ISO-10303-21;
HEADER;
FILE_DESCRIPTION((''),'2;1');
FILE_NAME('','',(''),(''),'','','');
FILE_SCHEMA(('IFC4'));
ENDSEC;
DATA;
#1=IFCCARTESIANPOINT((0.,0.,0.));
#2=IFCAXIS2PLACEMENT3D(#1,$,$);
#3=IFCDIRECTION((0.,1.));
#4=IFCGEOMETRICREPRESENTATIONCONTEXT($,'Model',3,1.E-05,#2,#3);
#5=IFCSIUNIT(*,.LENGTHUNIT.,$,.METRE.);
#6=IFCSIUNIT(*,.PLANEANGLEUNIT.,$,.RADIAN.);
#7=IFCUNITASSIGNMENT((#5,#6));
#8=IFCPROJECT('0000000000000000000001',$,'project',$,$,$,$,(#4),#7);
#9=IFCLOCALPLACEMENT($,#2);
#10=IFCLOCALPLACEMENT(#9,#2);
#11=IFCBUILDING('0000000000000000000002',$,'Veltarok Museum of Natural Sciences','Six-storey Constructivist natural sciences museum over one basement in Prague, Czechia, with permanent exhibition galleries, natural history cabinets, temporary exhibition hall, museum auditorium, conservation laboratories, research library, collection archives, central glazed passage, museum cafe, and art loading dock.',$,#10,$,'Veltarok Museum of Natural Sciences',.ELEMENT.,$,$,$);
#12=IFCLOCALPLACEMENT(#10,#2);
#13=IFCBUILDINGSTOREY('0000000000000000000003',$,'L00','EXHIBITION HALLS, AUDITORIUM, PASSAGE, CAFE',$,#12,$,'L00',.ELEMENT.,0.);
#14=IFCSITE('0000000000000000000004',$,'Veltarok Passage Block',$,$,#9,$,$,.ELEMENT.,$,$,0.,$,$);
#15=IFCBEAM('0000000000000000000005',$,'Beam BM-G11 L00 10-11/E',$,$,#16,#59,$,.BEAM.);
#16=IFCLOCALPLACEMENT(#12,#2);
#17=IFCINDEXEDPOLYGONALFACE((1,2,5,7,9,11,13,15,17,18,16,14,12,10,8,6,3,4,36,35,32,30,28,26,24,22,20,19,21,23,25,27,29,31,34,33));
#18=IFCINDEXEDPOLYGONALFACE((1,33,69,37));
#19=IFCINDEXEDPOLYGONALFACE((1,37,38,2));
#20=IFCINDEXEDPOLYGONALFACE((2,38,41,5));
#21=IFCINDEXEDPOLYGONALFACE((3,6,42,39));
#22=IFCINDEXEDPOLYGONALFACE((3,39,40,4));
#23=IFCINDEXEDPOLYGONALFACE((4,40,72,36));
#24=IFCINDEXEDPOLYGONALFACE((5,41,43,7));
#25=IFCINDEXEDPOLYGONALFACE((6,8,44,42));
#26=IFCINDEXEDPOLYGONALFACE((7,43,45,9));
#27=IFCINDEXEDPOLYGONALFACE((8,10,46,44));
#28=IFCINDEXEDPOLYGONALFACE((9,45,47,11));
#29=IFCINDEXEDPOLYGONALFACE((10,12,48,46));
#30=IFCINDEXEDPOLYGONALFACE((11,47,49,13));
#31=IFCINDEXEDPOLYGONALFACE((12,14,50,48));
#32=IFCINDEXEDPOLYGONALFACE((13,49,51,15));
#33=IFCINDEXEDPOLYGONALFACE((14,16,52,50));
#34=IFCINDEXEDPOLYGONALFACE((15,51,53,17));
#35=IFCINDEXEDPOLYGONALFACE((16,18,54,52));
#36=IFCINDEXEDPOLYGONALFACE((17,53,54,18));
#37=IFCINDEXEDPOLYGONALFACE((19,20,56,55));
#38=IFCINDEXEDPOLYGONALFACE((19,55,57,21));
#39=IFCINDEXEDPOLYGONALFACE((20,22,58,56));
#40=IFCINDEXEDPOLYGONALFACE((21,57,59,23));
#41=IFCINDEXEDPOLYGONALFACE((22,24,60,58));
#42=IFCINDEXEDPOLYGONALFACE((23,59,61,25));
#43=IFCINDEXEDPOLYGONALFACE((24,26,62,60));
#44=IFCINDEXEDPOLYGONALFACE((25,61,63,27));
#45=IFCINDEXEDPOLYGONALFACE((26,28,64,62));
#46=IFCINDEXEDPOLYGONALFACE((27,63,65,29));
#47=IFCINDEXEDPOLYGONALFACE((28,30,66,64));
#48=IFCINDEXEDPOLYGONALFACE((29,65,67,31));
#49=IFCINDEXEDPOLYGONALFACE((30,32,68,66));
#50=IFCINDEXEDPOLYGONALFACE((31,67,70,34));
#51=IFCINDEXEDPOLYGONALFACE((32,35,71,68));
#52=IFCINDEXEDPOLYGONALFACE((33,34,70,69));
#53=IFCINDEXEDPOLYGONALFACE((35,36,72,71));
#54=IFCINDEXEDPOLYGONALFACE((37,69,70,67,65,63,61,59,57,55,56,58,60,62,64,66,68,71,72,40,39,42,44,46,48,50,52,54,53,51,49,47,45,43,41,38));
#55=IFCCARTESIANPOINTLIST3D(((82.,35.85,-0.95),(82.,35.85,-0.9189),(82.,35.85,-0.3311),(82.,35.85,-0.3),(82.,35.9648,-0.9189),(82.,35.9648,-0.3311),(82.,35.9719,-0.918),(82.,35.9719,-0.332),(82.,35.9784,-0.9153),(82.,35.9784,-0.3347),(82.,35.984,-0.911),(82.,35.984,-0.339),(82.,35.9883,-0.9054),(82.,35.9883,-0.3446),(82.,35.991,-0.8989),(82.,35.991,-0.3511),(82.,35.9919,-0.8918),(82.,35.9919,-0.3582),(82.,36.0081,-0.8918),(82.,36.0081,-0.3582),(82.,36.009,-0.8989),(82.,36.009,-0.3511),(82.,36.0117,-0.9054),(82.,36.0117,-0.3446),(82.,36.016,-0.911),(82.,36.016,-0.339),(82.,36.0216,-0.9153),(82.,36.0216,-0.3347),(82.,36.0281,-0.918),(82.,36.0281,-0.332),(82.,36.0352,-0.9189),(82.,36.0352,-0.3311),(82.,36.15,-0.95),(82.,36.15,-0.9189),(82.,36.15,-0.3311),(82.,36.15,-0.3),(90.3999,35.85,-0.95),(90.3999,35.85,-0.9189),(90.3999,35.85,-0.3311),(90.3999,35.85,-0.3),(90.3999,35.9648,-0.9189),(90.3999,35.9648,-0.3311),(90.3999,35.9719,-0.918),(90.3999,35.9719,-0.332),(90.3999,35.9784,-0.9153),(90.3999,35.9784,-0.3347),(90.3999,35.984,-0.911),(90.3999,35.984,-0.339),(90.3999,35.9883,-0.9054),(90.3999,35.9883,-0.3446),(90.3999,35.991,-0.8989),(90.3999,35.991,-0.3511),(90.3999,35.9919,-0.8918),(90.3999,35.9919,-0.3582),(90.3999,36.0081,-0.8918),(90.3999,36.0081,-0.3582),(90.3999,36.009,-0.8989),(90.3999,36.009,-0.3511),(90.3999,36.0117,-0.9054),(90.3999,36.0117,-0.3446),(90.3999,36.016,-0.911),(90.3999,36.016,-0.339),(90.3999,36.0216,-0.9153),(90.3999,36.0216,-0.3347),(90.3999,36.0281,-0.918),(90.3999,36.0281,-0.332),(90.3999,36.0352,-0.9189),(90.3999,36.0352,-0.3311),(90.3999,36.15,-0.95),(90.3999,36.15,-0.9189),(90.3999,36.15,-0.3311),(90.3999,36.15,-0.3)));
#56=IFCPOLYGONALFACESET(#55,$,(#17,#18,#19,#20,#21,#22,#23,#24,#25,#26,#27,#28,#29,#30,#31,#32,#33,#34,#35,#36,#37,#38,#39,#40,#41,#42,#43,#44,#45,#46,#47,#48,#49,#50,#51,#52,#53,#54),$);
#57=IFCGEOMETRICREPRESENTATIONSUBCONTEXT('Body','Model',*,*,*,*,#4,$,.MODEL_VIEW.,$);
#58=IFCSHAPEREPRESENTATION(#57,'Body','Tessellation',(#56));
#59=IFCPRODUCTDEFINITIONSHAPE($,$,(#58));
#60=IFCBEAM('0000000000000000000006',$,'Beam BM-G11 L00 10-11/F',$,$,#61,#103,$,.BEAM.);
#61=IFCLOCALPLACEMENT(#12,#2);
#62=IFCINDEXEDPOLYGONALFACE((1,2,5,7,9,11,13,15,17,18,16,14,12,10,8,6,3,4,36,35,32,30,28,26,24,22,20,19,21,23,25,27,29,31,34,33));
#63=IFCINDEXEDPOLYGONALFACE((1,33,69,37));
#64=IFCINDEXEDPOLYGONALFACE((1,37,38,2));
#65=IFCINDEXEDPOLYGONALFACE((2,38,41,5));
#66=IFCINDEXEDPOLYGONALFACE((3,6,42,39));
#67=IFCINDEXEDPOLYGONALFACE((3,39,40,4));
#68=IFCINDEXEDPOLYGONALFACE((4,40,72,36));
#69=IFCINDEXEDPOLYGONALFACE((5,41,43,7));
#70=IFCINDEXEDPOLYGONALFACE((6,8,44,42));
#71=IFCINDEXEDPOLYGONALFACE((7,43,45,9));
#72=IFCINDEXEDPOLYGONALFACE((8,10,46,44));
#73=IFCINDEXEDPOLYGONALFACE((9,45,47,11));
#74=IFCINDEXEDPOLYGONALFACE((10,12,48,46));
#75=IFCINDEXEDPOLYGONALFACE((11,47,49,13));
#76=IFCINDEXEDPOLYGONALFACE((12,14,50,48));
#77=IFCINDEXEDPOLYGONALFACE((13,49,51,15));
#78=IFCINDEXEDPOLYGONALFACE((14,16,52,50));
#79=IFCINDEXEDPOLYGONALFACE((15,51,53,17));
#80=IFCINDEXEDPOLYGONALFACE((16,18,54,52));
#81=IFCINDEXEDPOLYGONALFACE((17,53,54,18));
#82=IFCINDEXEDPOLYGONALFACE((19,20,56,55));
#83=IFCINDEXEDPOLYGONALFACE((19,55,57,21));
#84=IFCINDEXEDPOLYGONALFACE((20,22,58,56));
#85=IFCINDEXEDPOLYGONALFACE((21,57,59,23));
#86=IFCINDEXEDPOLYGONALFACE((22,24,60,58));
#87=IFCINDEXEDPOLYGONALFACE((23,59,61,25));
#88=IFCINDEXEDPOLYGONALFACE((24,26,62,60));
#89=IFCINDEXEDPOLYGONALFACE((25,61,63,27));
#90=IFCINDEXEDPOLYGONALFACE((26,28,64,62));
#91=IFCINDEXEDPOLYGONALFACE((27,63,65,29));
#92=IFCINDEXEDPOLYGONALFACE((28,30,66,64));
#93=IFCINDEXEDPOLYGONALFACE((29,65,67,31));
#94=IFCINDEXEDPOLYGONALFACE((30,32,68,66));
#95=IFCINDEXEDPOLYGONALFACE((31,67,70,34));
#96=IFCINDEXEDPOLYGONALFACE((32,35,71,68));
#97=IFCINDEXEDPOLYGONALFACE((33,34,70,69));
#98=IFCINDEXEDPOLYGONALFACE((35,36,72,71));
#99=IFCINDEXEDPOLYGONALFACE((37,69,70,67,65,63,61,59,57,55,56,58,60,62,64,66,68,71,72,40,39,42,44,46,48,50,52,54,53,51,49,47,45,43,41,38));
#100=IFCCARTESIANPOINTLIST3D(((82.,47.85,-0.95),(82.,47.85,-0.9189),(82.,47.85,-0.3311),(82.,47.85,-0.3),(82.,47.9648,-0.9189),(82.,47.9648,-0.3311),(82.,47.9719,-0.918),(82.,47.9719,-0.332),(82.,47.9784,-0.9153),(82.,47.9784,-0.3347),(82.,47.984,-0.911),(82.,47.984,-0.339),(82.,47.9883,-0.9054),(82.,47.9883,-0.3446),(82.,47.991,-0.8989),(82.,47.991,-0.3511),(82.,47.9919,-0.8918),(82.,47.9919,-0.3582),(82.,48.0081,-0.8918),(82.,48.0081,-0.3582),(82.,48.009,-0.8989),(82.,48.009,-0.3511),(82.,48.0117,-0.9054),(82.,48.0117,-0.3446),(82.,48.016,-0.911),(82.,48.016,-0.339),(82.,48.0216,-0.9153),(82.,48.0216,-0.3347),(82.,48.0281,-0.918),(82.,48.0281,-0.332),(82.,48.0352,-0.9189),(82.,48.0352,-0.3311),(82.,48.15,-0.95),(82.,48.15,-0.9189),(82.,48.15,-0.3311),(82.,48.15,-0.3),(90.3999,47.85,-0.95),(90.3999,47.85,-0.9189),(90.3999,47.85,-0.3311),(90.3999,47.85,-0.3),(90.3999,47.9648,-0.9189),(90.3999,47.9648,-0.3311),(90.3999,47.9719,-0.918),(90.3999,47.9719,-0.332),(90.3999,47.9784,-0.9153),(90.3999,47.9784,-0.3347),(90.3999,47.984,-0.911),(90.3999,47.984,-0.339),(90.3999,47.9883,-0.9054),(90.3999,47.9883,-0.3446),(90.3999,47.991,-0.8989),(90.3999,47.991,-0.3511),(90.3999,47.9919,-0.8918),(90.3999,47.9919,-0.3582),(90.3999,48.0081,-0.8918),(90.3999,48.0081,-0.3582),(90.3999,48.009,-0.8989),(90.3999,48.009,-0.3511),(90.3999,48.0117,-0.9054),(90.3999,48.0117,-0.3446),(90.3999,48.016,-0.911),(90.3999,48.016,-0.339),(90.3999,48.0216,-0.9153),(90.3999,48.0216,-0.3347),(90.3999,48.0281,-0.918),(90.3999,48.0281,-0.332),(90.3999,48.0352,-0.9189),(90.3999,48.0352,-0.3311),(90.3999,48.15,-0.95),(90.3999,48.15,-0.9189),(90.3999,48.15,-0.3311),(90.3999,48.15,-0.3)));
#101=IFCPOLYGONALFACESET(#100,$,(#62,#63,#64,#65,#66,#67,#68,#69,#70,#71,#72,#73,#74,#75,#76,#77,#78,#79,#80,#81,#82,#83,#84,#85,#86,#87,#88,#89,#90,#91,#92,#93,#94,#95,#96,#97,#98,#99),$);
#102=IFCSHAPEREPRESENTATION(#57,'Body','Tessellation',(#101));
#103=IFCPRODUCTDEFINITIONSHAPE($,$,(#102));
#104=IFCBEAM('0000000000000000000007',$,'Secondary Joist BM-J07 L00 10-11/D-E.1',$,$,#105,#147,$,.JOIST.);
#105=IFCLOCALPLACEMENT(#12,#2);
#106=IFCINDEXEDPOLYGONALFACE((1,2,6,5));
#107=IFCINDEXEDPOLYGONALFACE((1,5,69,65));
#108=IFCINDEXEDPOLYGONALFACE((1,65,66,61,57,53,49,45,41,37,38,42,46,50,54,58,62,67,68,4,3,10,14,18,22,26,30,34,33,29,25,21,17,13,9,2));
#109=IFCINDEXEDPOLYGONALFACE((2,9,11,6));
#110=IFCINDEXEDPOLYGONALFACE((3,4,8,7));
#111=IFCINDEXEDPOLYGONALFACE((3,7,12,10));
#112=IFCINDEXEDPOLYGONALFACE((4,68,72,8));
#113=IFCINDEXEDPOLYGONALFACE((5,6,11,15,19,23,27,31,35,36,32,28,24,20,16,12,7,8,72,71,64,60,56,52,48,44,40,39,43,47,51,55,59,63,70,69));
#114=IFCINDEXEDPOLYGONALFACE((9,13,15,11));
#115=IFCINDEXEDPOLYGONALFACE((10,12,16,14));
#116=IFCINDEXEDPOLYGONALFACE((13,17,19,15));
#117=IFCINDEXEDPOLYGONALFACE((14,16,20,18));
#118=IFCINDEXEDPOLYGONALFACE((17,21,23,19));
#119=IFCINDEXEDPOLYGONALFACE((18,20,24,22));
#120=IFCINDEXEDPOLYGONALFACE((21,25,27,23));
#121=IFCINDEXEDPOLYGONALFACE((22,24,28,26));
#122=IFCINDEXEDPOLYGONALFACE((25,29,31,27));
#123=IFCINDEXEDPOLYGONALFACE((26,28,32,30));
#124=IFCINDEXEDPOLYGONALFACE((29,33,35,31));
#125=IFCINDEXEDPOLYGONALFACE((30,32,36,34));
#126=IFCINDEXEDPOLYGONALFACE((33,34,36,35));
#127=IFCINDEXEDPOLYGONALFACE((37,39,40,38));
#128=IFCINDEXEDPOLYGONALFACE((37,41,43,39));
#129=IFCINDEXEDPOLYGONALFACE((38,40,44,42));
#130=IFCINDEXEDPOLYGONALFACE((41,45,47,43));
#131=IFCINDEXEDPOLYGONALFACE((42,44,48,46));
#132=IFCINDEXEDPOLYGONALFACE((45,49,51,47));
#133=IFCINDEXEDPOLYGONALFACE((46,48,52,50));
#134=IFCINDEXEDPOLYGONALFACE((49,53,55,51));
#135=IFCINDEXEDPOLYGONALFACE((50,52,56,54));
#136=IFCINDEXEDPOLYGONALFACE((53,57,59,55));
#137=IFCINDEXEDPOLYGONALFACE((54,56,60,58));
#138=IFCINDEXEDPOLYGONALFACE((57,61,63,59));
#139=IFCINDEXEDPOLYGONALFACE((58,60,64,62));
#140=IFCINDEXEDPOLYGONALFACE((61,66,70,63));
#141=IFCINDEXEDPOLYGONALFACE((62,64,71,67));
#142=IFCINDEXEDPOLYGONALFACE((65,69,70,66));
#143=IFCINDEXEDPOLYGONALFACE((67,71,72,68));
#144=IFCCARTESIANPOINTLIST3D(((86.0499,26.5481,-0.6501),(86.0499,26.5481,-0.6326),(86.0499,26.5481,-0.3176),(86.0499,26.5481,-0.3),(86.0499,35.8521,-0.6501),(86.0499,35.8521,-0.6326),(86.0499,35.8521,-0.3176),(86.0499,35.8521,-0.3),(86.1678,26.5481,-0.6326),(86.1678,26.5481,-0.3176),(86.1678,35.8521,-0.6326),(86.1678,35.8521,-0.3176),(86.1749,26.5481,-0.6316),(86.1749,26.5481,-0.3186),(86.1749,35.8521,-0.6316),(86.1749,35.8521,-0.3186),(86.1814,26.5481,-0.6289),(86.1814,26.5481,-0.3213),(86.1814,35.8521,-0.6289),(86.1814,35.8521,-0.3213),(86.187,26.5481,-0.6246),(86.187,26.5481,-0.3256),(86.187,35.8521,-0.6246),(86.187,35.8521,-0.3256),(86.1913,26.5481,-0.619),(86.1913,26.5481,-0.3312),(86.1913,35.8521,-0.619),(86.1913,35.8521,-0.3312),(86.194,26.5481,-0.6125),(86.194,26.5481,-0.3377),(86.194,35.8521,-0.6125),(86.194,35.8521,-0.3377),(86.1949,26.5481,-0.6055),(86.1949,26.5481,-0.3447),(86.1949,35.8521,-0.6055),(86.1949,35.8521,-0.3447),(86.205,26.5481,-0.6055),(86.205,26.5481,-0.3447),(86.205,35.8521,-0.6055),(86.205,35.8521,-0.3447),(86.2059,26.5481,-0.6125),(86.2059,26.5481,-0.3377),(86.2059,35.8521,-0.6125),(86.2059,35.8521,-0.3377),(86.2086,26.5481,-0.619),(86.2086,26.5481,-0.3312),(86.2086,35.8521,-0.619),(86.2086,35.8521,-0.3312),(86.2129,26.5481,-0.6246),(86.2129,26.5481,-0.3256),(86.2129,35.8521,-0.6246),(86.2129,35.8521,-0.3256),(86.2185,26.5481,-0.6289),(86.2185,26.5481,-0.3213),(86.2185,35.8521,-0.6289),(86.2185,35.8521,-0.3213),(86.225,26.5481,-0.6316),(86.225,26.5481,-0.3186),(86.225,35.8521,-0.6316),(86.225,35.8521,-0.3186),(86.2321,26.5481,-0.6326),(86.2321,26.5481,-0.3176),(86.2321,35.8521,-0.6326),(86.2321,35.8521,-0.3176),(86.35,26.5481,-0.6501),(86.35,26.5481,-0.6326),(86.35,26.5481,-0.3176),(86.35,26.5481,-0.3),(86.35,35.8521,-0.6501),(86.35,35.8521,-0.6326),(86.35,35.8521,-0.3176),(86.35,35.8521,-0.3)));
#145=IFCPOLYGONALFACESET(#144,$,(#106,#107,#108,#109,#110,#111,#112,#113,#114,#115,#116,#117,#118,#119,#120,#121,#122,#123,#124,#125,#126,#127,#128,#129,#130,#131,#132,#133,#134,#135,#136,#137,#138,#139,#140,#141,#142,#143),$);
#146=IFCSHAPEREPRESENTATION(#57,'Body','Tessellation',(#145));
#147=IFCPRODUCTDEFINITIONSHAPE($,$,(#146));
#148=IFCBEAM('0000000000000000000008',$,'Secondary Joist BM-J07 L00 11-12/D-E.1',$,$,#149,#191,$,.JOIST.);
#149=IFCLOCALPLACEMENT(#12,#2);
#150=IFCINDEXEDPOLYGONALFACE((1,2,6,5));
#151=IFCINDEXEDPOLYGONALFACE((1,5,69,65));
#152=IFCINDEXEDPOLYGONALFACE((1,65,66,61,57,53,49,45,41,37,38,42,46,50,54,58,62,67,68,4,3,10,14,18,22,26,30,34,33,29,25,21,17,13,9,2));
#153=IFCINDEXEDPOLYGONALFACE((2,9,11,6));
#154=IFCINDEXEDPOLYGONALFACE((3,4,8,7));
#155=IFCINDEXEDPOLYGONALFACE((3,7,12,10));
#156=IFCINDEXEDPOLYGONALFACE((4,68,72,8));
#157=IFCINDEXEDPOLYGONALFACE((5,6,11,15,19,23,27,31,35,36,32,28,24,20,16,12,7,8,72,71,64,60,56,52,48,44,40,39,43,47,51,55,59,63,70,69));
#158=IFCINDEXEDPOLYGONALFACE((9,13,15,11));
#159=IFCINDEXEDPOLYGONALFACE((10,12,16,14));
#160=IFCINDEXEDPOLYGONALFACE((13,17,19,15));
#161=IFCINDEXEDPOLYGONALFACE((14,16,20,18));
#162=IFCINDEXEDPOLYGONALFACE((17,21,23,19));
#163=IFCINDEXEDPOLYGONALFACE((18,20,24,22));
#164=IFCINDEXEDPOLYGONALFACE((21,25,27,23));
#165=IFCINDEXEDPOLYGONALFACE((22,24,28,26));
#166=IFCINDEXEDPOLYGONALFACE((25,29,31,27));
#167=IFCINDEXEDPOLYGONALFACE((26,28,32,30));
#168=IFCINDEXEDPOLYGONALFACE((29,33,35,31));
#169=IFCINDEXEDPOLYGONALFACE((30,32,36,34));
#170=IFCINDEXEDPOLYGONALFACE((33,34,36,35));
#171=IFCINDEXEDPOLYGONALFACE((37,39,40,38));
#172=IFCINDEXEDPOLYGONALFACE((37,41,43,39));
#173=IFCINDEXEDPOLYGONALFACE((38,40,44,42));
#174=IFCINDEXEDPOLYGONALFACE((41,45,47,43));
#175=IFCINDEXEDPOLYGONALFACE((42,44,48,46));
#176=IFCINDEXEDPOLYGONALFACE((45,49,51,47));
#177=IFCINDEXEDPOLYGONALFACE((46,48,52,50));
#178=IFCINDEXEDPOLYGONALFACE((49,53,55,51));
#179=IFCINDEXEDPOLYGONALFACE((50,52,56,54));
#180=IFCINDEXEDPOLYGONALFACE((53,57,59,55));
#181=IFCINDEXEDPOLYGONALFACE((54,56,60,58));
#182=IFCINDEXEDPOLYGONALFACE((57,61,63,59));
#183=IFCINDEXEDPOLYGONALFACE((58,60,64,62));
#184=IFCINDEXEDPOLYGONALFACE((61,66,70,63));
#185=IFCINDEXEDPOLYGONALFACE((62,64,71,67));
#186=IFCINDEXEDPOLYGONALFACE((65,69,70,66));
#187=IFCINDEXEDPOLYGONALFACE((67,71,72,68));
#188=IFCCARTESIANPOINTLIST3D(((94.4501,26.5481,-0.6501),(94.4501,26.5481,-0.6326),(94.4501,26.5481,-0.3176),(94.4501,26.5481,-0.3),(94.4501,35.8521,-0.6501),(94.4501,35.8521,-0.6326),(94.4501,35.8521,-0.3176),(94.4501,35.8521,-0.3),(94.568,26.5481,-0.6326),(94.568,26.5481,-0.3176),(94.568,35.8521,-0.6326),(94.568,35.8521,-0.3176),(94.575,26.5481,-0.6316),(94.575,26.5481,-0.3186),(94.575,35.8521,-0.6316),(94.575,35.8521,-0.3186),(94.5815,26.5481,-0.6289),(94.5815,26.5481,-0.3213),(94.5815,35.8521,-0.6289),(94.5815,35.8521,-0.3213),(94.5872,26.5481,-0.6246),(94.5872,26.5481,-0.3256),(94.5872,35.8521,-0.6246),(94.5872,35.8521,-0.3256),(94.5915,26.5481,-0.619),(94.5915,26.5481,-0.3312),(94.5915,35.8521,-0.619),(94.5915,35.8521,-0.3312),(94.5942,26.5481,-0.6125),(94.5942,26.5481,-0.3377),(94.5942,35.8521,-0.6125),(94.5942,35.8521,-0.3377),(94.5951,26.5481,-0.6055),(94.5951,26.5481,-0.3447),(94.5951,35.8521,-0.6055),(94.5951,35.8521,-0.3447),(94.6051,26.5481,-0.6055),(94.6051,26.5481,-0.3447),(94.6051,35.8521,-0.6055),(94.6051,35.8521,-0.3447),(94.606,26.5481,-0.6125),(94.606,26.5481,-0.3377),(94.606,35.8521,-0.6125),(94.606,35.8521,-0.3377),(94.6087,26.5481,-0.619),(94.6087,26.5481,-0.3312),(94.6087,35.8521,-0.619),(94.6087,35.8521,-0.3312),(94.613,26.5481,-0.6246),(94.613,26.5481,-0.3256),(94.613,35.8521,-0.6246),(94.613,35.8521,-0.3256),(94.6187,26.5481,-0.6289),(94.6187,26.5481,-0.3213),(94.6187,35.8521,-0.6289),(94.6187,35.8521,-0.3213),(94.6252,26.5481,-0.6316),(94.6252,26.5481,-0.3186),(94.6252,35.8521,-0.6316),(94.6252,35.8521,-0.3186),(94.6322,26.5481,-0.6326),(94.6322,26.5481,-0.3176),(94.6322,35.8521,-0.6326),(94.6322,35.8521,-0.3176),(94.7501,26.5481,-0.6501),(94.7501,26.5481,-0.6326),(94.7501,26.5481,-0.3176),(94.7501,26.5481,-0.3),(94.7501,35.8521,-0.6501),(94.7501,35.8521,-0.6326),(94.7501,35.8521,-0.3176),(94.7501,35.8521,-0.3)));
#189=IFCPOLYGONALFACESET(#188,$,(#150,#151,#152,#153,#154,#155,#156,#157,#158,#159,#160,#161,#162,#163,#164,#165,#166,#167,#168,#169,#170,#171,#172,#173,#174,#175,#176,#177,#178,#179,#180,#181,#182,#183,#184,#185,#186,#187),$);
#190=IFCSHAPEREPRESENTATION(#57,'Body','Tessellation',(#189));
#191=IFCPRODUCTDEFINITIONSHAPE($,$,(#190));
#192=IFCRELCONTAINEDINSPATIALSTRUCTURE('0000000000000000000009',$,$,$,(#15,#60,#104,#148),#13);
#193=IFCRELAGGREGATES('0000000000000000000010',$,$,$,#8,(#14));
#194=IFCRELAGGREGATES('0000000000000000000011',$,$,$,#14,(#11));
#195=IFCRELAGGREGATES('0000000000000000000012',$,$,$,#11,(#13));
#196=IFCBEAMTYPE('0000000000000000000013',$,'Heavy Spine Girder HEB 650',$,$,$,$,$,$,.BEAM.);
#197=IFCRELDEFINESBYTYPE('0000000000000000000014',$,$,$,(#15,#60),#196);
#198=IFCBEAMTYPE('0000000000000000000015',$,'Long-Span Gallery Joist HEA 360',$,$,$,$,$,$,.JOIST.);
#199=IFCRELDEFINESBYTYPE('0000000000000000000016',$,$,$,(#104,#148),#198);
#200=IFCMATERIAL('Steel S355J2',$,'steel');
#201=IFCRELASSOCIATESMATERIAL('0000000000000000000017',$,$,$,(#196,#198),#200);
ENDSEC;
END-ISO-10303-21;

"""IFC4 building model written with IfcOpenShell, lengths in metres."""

from ifc_helpers import new_model, si_unit, direction, frame, origin, origin_2d, place, context, subcontext, project, spatial, i_section, extrude, material, material_profile, profile_set, type_object, element, save


model = new_model("IFC4")

# Units and contexts
model_context = context("Model", 3, precision=1e-05, world=origin(), true_north=direction((0.0, 1.0)))
body_context = subcontext(model_context, "Body", "Model", "MODEL_VIEW")
ifc_project = project(units=[si_unit("LENGTHUNIT", "METRE"), si_unit("PLANEANGLEUNIT", "RADIAN")], contexts=[model_context])

# Site, building, storey
site_placement = place(None, origin())
site = spatial("IfcSite", under=ifc_project, at=site_placement, Name="Veltarok Passage Block", CompositionType="ELEMENT", RefElevation=0.0)
building_placement = place(site_placement, origin())
building = spatial("IfcBuilding", under=site, at=building_placement, Name="Veltarok Museum of Natural Sciences", Description="Six-storey Constructivist natural sciences museum over one basement in Prague, Czechia, with permanent exhibition galleries, natural history cabinets, temporary exhibition hall, museum auditorium, conservation laboratories, research library, collection archives, central glazed passage, museum cafe, and art loading dock.", LongName="Veltarok Museum of Natural Sciences", CompositionType="ELEMENT")
storey_placement = place(building_placement, origin())
storey = spatial("IfcBuildingStorey", under=building, at=storey_placement, Name="L00", Description="EXHIBITION HALLS, AUDITORIUM, PASSAGE, CAFE", LongName="L00", CompositionType="ELEMENT", Elevation=0.0)

# Shared definitions
ifc_material_1 = material(Name="Steel S355J2", Category="steel")

# Beams
ifc_material_profile_1 = material_profile(ifc_material_1, i_section(OverallWidth=0.3, OverallDepth=0.6499, WebThickness=0.0161, FlangeThickness=0.031, FilletRadius=0.0271, at=origin_2d()), Name="HEB 650")
ifc_profile_set_1 = profile_set([ifc_material_profile_1], Name="Steel S355J2")
beam_type_1 = type_object("IfcBeamType", Name="Heavy Spine Girder HEB 650", PredefinedType="BEAM", material=ifc_profile_set_1)
for number, where, z_axis, x_axis, name in (
    (1, (82.0, 36.0, -0.625), (1.0, 0.0, 0.0), (0.0, 1.0, 0.0), "Beam BM-G11 L00 10-11/E"),
    (2, (82.0, 48.0, -0.625), (1.0, 0.0, 0.0), (0.0, 1.0, 0.0), "Beam BM-G11 L00 10-11/F"),
):
    element("IfcBeam", number, at=place(storey_placement, frame(where, z_axis=z_axis, x_axis=x_axis)), inside=storey, type_object=beam_type_1, Name=name, PredefinedType="BEAM", context=body_context, shape_type="SweptSolid", body=[
        extrude(i_section(OverallWidth=0.3, OverallDepth=0.6499, WebThickness=0.0161, FlangeThickness=0.031, FilletRadius=0.0271, at=origin_2d()), origin(), (0.0, 0.0, 1.0), 8.3999),
    ])
ifc_material_profile_2 = material_profile(ifc_material_1, i_section(OverallWidth=0.3, OverallDepth=0.3501, WebThickness=0.01, FlangeThickness=0.0176, FilletRadius=0.0271, at=origin_2d()), Name="HEA 360")
ifc_profile_set_2 = profile_set([ifc_material_profile_2], Name="Steel S355J2")
beam_type_2 = type_object("IfcBeamType", Name="Long-Span Gallery Joist HEA 360", PredefinedType="JOIST", material=ifc_profile_set_2)
for number, where, z_axis, x_axis, name in (
    (3, (86.2, 26.5481, -0.4751), (0.0, 1.0, 0.0), (-1.0, 0.0, 0.0), "Secondary Joist BM-J07 L00 10-11/D-E.1"),
    (4, (94.6001, 26.5481, -0.4751), (0.0, 1.0, 0.0), (-1.0, 0.0, 0.0), "Secondary Joist BM-J07 L00 11-12/D-E.1"),
):
    element("IfcBeam", number, at=place(storey_placement, frame(where, z_axis=z_axis, x_axis=x_axis)), inside=storey, type_object=beam_type_2, Name=name, PredefinedType="JOIST", context=body_context, shape_type="SweptSolid", body=[
        extrude(i_section(OverallWidth=0.3, OverallDepth=0.3501, WebThickness=0.01, FlangeThickness=0.0176, FilletRadius=0.0271, at=origin_2d()), origin(), (0.0, 0.0, 1.0), 9.304),
    ])

save(model, "model.ifc")
